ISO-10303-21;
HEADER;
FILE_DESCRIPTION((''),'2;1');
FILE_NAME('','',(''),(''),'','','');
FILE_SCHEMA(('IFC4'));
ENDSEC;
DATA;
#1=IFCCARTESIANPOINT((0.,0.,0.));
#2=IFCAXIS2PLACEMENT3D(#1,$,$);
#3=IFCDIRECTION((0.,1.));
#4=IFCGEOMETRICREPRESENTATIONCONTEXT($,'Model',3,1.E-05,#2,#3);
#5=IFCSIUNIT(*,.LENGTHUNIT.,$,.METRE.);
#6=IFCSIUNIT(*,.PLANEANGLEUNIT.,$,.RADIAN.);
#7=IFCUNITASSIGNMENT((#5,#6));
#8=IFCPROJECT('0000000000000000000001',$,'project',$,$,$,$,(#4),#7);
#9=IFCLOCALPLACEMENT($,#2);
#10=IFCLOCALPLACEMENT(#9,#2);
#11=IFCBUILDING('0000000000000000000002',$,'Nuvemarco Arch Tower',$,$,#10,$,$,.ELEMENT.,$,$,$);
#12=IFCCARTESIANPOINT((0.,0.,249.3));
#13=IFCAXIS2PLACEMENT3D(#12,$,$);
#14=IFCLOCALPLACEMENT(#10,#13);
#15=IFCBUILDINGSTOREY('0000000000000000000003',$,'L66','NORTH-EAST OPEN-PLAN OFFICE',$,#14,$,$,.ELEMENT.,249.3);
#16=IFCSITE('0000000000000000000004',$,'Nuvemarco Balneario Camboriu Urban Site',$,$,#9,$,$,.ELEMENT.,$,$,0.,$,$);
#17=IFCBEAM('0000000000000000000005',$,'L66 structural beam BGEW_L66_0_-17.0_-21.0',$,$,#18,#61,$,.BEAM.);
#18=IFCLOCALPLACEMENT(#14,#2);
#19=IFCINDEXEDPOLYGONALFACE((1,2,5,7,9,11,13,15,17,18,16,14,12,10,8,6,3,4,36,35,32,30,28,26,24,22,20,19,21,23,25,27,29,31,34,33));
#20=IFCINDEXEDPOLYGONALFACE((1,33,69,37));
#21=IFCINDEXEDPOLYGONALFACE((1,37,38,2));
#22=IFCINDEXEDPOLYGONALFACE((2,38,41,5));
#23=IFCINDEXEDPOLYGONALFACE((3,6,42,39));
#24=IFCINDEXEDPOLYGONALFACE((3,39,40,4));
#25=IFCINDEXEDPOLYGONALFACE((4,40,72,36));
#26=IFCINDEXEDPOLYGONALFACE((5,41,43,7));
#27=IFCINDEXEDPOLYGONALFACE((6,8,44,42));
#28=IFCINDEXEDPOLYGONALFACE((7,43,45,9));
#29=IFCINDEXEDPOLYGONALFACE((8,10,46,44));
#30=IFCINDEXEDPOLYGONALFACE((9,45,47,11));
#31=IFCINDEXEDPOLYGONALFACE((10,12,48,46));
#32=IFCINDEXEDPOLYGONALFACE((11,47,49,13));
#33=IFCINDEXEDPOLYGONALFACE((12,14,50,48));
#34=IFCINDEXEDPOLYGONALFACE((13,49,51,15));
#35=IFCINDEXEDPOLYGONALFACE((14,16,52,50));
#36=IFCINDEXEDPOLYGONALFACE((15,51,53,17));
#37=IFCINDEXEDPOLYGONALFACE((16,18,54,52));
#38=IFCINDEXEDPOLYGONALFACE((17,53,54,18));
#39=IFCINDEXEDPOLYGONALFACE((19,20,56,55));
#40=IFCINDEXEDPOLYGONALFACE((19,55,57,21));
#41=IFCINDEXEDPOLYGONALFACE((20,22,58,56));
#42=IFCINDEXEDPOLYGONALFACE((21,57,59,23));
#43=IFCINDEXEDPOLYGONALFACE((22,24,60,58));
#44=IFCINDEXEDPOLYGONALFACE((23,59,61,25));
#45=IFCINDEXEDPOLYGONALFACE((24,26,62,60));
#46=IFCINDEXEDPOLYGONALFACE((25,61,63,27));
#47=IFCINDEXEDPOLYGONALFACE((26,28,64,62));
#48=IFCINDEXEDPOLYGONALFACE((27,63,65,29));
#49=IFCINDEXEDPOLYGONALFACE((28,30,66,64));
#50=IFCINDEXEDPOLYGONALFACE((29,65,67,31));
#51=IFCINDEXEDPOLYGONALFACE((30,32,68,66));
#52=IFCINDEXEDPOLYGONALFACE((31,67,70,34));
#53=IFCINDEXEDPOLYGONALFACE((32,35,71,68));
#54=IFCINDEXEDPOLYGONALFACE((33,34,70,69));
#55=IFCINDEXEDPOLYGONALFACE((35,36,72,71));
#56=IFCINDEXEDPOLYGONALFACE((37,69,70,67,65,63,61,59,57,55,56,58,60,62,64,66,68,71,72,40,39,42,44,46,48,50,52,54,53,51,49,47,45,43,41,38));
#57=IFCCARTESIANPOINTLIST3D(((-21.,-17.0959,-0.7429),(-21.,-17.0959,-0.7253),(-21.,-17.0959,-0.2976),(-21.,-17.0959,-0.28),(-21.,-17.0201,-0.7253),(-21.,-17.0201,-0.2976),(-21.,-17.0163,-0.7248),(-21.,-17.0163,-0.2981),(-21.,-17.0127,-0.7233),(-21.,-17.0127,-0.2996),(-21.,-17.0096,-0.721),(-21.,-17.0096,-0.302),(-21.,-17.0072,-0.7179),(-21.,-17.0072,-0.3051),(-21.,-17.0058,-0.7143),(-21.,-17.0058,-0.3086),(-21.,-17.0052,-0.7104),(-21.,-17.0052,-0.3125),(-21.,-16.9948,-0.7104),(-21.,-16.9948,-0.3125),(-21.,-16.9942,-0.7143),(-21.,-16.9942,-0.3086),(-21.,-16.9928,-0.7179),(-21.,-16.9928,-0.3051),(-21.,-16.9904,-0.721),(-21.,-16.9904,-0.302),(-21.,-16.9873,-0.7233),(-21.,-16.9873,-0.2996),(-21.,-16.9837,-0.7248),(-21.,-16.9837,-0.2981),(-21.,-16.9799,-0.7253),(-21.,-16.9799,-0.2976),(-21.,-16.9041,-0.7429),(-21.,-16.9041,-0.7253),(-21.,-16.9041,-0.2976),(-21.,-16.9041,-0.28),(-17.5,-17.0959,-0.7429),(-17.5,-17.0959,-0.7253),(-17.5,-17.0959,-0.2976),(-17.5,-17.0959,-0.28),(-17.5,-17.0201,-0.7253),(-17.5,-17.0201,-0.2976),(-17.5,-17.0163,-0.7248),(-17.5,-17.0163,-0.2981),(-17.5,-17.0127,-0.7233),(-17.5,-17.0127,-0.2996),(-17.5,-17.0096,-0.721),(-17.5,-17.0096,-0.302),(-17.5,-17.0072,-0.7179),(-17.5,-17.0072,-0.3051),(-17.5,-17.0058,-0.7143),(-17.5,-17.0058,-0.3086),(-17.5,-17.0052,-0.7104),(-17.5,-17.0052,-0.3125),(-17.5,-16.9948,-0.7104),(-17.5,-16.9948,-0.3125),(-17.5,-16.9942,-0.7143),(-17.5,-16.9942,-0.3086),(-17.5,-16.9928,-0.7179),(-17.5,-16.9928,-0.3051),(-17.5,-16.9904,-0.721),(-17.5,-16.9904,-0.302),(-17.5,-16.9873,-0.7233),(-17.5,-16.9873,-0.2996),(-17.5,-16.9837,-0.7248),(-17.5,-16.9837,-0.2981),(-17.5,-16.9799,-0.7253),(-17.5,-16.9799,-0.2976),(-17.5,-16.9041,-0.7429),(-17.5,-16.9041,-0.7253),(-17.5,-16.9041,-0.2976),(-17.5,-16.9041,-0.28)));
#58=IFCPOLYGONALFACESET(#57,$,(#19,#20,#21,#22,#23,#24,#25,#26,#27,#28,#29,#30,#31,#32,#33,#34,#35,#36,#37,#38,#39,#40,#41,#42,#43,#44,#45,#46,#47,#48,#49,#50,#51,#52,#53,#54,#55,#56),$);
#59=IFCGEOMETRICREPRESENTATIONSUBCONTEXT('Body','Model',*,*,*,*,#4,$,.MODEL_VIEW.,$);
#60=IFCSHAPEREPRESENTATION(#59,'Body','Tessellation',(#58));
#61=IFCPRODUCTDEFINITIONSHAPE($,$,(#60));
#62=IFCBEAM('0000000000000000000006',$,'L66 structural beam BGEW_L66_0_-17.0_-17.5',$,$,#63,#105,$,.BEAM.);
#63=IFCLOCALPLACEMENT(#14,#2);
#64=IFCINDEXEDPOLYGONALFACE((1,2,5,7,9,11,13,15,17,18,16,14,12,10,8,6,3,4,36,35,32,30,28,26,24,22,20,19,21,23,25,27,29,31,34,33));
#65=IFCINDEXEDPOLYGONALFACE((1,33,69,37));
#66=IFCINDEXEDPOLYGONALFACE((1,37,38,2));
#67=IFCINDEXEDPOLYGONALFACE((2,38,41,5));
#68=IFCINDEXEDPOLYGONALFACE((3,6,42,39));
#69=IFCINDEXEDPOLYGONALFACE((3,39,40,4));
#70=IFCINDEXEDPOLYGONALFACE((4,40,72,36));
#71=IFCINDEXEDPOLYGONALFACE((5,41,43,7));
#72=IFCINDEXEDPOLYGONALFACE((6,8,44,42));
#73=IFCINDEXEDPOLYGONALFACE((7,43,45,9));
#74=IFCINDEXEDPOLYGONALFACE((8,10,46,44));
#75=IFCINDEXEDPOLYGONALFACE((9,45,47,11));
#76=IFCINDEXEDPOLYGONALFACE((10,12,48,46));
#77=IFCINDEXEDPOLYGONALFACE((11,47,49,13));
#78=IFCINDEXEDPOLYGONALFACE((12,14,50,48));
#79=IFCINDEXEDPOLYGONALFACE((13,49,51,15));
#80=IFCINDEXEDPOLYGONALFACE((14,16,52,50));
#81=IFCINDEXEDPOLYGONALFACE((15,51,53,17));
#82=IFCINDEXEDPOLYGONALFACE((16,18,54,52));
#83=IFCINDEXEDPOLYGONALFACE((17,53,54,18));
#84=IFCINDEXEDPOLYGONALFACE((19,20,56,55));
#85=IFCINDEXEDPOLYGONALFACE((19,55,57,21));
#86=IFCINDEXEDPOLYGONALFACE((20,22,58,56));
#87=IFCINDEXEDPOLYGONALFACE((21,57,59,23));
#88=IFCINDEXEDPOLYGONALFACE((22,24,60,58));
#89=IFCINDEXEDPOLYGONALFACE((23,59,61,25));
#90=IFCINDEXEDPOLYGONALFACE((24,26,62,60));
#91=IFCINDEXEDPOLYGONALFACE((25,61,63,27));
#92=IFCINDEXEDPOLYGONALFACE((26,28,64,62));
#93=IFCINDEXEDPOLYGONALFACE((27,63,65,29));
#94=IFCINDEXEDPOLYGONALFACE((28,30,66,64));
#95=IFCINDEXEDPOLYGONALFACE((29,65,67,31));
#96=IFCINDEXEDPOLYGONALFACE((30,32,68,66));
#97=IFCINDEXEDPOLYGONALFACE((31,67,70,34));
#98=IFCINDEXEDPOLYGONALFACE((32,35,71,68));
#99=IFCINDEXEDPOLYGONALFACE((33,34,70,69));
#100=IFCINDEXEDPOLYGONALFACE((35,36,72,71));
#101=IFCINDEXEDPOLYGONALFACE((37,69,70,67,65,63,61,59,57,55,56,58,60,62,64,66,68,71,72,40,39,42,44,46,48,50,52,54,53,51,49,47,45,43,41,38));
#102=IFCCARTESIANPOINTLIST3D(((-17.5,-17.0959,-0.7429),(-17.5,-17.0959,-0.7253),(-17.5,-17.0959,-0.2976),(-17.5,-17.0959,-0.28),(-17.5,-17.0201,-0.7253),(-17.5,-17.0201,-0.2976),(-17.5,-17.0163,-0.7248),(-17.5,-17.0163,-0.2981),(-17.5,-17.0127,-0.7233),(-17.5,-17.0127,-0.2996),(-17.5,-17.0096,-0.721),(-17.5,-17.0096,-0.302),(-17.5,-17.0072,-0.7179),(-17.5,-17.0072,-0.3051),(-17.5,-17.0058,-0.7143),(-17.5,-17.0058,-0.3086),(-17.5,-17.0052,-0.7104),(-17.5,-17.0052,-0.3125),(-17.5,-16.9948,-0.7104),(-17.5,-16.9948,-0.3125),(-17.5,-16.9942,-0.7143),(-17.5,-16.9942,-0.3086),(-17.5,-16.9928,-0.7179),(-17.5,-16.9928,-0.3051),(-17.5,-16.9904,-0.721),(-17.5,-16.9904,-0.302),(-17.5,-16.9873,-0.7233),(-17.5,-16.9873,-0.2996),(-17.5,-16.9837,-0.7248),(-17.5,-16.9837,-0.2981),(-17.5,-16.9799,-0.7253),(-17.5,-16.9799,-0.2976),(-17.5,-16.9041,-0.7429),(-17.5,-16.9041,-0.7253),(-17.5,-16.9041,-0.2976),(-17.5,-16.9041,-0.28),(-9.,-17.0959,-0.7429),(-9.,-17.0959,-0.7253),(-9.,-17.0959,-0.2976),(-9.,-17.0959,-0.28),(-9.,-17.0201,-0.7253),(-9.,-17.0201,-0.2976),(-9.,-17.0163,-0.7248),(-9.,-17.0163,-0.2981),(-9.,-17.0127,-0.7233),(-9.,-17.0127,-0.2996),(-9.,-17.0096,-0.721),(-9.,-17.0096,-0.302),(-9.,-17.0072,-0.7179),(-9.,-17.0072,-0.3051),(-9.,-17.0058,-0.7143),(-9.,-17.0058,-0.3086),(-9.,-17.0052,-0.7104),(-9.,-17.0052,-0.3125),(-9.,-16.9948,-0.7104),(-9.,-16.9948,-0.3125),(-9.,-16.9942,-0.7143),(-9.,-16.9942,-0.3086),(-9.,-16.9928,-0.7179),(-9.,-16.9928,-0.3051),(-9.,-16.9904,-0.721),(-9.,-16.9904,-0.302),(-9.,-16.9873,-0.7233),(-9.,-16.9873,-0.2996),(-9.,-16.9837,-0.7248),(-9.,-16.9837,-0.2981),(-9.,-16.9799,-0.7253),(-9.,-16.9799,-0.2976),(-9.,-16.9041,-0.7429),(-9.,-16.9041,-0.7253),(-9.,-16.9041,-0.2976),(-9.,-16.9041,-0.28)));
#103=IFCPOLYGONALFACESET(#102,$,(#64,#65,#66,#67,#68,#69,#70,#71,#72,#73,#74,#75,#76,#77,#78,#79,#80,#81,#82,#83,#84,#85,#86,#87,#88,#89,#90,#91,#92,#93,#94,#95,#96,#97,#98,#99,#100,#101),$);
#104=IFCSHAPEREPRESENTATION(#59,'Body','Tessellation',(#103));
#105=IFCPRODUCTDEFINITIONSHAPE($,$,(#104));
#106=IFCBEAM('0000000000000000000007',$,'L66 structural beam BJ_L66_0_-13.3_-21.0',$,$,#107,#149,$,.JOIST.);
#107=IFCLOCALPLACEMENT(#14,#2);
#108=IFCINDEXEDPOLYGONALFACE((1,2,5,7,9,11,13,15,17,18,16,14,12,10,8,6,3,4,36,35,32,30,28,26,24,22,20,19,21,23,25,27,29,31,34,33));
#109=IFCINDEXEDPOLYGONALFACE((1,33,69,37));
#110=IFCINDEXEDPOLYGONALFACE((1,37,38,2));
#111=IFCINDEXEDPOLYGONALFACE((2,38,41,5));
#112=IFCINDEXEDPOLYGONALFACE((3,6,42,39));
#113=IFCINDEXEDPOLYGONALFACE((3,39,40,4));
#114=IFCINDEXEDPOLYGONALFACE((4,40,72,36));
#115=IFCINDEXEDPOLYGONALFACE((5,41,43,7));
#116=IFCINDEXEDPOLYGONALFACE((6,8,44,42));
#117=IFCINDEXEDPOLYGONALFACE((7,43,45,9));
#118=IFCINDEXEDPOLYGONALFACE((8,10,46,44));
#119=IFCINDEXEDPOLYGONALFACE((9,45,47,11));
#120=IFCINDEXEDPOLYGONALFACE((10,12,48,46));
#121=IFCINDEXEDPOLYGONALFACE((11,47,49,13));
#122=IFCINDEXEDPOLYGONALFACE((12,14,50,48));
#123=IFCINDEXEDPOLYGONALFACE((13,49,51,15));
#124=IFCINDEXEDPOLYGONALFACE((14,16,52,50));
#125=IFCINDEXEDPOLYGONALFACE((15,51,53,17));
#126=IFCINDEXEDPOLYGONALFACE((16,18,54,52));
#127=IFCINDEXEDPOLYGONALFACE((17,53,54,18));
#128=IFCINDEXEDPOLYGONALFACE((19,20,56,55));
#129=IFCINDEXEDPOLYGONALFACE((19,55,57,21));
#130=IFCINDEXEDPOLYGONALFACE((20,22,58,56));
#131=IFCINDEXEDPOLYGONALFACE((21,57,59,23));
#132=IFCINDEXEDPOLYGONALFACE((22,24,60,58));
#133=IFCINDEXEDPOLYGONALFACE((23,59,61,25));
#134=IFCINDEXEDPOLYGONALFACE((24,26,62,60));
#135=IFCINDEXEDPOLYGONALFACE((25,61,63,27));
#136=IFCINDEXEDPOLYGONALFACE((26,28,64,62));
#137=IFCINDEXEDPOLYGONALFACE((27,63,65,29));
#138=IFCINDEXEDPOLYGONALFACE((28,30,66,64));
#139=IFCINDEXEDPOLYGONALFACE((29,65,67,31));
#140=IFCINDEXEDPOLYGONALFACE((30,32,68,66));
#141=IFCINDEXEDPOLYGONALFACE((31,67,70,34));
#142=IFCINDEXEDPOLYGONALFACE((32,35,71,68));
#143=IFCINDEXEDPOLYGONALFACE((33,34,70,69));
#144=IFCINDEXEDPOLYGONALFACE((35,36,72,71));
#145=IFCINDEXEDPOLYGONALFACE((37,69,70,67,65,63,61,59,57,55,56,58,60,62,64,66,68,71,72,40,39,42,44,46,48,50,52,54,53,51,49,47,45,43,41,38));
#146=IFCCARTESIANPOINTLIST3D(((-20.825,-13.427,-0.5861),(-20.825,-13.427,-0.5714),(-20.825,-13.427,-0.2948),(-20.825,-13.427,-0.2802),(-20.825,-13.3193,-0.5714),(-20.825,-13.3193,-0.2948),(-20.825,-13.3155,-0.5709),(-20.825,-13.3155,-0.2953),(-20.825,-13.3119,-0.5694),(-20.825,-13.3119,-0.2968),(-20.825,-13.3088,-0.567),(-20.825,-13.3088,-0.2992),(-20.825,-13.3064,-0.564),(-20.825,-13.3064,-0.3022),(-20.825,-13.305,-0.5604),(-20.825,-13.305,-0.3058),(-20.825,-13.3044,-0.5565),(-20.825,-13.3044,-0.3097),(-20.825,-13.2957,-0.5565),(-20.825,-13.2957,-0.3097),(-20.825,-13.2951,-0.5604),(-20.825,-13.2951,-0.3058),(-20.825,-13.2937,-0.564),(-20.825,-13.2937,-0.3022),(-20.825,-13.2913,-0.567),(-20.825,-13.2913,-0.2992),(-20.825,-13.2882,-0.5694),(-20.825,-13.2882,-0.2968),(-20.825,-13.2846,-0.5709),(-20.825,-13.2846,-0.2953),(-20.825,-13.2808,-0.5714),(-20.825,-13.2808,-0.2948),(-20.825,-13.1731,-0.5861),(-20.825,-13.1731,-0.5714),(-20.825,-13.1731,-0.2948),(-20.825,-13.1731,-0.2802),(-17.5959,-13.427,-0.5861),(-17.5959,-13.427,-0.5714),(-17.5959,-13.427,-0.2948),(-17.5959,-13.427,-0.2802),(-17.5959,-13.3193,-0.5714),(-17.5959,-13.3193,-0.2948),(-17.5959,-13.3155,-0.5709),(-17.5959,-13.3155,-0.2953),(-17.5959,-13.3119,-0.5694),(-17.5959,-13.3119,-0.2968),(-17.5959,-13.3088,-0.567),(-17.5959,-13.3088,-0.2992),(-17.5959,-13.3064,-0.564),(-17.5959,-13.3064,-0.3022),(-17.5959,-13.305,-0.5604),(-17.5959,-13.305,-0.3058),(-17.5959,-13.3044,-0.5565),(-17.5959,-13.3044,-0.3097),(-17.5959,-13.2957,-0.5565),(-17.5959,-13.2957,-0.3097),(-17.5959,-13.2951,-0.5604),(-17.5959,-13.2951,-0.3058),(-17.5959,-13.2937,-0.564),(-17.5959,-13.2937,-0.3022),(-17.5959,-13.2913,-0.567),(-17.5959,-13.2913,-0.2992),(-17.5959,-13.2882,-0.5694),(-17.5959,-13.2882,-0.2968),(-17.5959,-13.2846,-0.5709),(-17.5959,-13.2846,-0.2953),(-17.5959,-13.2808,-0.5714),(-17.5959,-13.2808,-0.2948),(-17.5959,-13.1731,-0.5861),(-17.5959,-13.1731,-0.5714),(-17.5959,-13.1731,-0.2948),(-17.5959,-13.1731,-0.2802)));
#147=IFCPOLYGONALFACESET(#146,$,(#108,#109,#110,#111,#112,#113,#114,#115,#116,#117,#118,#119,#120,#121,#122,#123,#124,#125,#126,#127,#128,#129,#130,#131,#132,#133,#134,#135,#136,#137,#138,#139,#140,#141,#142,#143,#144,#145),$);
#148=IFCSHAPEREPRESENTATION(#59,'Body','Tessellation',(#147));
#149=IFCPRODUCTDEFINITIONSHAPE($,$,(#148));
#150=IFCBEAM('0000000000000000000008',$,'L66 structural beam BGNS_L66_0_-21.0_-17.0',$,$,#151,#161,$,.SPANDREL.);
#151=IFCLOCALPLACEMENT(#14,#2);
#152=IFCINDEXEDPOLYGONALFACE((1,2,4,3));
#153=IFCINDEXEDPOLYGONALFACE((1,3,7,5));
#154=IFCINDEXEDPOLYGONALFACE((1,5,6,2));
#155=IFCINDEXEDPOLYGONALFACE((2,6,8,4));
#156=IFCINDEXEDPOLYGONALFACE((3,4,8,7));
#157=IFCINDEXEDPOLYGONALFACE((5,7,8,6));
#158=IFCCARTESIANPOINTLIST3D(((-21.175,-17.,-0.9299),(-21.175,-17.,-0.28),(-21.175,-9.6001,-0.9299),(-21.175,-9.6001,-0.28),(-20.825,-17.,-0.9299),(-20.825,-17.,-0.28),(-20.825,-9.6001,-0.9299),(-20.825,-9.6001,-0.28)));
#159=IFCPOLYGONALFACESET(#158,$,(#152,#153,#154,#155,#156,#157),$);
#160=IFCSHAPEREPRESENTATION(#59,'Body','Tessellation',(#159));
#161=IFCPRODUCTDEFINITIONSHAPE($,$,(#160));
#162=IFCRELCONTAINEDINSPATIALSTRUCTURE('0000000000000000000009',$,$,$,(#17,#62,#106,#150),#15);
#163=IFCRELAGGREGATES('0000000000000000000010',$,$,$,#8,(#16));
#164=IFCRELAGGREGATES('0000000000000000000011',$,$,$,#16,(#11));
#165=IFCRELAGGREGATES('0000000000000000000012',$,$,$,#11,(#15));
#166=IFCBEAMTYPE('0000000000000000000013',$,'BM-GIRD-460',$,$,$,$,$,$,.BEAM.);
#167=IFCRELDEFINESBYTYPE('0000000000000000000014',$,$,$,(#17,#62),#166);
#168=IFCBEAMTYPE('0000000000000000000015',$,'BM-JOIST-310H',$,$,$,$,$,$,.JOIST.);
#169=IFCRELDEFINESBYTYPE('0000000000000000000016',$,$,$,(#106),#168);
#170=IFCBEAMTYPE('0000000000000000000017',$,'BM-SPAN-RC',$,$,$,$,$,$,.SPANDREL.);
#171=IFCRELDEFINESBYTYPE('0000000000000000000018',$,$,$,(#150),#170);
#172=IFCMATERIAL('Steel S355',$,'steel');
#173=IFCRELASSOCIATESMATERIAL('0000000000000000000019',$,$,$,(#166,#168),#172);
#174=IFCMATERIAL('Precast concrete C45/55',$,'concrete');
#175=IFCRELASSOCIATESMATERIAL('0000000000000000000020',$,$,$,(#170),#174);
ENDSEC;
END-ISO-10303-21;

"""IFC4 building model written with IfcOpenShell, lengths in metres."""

from ifc_helpers import new_model, si_unit, direction, frame, origin, origin_2d, place, context, subcontext, project, spatial, rectangle, i_section, extrude, material, material_profile, profile_set, type_object, element, save


model = new_model("IFC4")

# Units and contexts
model_context = context("Model", 3, precision=1e-05, world=origin(), true_north=direction((0.0, 1.0)))
body_context = subcontext(model_context, "Body", "Model", "MODEL_VIEW")
ifc_project = project(units=[si_unit("LENGTHUNIT", "METRE"), si_unit("PLANEANGLEUNIT", "RADIAN")], contexts=[model_context])

# Site, building, storey
site_placement = place(None, origin())
site = spatial("IfcSite", under=ifc_project, at=site_placement, Name="Nuvemarco Balneario Camboriu Urban Site", CompositionType="ELEMENT", RefElevation=0.0)
building_placement = place(site_placement, origin())
building = spatial("IfcBuilding", under=site, at=building_placement, Name="Nuvemarco Arch Tower", CompositionType="ELEMENT")
storey_placement = place(building_placement, frame((0.0, 0.0, 249.3)))
storey = spatial("IfcBuildingStorey", under=building, at=storey_placement, Name="L66", Description="NORTH-EAST OPEN-PLAN OFFICE", CompositionType="ELEMENT", Elevation=249.3)

# Shared definitions
ifc_material_1 = material(Name="Steel S355", Category="steel")

# Beams
ifc_material_profile_1 = material_profile(ifc_material_1, i_section(OverallWidth=0.1919, OverallDepth=0.4629, WebThickness=0.0105, FlangeThickness=0.0176, FilletRadius=0.0149, at=origin_2d()), Name="W460x89")
ifc_profile_set_1 = profile_set([ifc_material_profile_1], Name="Steel S355")
beam_type_1 = type_object("IfcBeamType", Name="BM-GIRD-460", PredefinedType="BEAM", material=ifc_profile_set_1)
beam_1_placement = place(storey_placement, frame((-21.0, -17.0, -0.5115), z_axis=(1.0, 0.0, 0.0), x_axis=(0.0, 1.0, 0.0)))
element("IfcBeam", 1, at=beam_1_placement, inside=storey, type_object=beam_type_1, Name="L66 structural beam BGEW_L66_0_-17.0_-21.0", PredefinedType="BEAM", context=body_context, shape_type="SweptSolid", body=[
    extrude(i_section(OverallWidth=0.1919, OverallDepth=0.4629, WebThickness=0.0105, FlangeThickness=0.0176, FilletRadius=0.0149, at=origin_2d()), origin(), (0.0, 0.0, 1.0), 3.5),
])
beam_2_placement = place(storey_placement, frame((-17.5, -17.0, -0.5115), z_axis=(1.0, 0.0, 0.0), x_axis=(0.0, 1.0, 0.0)))
element("IfcBeam", 2, at=beam_2_placement, inside=storey, type_object=beam_type_1, Name="L66 structural beam BGEW_L66_0_-17.0_-17.5", PredefinedType="BEAM", context=body_context, shape_type="SweptSolid", body=[
    extrude(i_section(OverallWidth=0.1919, OverallDepth=0.4629, WebThickness=0.0105, FlangeThickness=0.0176, FilletRadius=0.0149, at=origin_2d()), origin(), (0.0, 0.0, 1.0), 8.5),
])
ifc_material_profile_2 = material_profile(ifc_material_1, i_section(OverallWidth=0.2539, OverallDepth=0.3059, WebThickness=0.0088, FlangeThickness=0.0146, FilletRadius=0.0149, at=origin_2d()), Name="W310x79")
ifc_profile_set_2 = profile_set([ifc_material_profile_2], Name="Steel S355")
beam_type_2 = type_object("IfcBeamType", Name="BM-JOIST-310H", PredefinedType="JOIST", material=ifc_profile_set_2)
beam_3_placement = place(storey_placement, frame((-20.825, -13.3, -0.4331), z_axis=(1.0, 0.0, 0.0), x_axis=(0.0, 1.0, 0.0)))
element("IfcBeam", 3, at=beam_3_placement, inside=storey, type_object=beam_type_2, Name="L66 structural beam BJ_L66_0_-13.3_-21.0", PredefinedType="JOIST", context=body_context, shape_type="SweptSolid", body=[
    extrude(i_section(OverallWidth=0.2539, OverallDepth=0.3059, WebThickness=0.0088, FlangeThickness=0.0146, FilletRadius=0.0149, at=origin_2d()), origin(), (0.0, 0.0, 1.0), 3.229),
])
ifc_material_2 = material(Name="Precast concrete C45/55", Category="concrete")
ifc_material_profile_3 = material_profile(ifc_material_2, rectangle(XDim=0.3501, YDim=0.6499, at=origin_2d()), Name="PC-SP-350x650")
ifc_profile_set_3 = profile_set([ifc_material_profile_3], Name="Precast concrete C45/55")
beam_type_3 = type_object("IfcBeamType", Name="BM-SPAN-RC", PredefinedType="SPANDREL", material=ifc_profile_set_3)
beam_4_placement = place(storey_placement, frame((-21.0, -17.0, -0.605), z_axis=(0.0, 1.0, 0.0), x_axis=(-1.0, 0.0, 0.0)))
element("IfcBeam", 4, at=beam_4_placement, inside=storey, type_object=beam_type_3, Name="L66 structural beam BGNS_L66_0_-21.0_-17.0", PredefinedType="SPANDREL", context=body_context, shape_type="SweptSolid", body=[
    extrude(rectangle(XDim=0.3501, YDim=0.6499, at=origin_2d()), origin(), (0.0, 0.0, 1.0), 7.3999),
])

save(model, "model.ifc")
